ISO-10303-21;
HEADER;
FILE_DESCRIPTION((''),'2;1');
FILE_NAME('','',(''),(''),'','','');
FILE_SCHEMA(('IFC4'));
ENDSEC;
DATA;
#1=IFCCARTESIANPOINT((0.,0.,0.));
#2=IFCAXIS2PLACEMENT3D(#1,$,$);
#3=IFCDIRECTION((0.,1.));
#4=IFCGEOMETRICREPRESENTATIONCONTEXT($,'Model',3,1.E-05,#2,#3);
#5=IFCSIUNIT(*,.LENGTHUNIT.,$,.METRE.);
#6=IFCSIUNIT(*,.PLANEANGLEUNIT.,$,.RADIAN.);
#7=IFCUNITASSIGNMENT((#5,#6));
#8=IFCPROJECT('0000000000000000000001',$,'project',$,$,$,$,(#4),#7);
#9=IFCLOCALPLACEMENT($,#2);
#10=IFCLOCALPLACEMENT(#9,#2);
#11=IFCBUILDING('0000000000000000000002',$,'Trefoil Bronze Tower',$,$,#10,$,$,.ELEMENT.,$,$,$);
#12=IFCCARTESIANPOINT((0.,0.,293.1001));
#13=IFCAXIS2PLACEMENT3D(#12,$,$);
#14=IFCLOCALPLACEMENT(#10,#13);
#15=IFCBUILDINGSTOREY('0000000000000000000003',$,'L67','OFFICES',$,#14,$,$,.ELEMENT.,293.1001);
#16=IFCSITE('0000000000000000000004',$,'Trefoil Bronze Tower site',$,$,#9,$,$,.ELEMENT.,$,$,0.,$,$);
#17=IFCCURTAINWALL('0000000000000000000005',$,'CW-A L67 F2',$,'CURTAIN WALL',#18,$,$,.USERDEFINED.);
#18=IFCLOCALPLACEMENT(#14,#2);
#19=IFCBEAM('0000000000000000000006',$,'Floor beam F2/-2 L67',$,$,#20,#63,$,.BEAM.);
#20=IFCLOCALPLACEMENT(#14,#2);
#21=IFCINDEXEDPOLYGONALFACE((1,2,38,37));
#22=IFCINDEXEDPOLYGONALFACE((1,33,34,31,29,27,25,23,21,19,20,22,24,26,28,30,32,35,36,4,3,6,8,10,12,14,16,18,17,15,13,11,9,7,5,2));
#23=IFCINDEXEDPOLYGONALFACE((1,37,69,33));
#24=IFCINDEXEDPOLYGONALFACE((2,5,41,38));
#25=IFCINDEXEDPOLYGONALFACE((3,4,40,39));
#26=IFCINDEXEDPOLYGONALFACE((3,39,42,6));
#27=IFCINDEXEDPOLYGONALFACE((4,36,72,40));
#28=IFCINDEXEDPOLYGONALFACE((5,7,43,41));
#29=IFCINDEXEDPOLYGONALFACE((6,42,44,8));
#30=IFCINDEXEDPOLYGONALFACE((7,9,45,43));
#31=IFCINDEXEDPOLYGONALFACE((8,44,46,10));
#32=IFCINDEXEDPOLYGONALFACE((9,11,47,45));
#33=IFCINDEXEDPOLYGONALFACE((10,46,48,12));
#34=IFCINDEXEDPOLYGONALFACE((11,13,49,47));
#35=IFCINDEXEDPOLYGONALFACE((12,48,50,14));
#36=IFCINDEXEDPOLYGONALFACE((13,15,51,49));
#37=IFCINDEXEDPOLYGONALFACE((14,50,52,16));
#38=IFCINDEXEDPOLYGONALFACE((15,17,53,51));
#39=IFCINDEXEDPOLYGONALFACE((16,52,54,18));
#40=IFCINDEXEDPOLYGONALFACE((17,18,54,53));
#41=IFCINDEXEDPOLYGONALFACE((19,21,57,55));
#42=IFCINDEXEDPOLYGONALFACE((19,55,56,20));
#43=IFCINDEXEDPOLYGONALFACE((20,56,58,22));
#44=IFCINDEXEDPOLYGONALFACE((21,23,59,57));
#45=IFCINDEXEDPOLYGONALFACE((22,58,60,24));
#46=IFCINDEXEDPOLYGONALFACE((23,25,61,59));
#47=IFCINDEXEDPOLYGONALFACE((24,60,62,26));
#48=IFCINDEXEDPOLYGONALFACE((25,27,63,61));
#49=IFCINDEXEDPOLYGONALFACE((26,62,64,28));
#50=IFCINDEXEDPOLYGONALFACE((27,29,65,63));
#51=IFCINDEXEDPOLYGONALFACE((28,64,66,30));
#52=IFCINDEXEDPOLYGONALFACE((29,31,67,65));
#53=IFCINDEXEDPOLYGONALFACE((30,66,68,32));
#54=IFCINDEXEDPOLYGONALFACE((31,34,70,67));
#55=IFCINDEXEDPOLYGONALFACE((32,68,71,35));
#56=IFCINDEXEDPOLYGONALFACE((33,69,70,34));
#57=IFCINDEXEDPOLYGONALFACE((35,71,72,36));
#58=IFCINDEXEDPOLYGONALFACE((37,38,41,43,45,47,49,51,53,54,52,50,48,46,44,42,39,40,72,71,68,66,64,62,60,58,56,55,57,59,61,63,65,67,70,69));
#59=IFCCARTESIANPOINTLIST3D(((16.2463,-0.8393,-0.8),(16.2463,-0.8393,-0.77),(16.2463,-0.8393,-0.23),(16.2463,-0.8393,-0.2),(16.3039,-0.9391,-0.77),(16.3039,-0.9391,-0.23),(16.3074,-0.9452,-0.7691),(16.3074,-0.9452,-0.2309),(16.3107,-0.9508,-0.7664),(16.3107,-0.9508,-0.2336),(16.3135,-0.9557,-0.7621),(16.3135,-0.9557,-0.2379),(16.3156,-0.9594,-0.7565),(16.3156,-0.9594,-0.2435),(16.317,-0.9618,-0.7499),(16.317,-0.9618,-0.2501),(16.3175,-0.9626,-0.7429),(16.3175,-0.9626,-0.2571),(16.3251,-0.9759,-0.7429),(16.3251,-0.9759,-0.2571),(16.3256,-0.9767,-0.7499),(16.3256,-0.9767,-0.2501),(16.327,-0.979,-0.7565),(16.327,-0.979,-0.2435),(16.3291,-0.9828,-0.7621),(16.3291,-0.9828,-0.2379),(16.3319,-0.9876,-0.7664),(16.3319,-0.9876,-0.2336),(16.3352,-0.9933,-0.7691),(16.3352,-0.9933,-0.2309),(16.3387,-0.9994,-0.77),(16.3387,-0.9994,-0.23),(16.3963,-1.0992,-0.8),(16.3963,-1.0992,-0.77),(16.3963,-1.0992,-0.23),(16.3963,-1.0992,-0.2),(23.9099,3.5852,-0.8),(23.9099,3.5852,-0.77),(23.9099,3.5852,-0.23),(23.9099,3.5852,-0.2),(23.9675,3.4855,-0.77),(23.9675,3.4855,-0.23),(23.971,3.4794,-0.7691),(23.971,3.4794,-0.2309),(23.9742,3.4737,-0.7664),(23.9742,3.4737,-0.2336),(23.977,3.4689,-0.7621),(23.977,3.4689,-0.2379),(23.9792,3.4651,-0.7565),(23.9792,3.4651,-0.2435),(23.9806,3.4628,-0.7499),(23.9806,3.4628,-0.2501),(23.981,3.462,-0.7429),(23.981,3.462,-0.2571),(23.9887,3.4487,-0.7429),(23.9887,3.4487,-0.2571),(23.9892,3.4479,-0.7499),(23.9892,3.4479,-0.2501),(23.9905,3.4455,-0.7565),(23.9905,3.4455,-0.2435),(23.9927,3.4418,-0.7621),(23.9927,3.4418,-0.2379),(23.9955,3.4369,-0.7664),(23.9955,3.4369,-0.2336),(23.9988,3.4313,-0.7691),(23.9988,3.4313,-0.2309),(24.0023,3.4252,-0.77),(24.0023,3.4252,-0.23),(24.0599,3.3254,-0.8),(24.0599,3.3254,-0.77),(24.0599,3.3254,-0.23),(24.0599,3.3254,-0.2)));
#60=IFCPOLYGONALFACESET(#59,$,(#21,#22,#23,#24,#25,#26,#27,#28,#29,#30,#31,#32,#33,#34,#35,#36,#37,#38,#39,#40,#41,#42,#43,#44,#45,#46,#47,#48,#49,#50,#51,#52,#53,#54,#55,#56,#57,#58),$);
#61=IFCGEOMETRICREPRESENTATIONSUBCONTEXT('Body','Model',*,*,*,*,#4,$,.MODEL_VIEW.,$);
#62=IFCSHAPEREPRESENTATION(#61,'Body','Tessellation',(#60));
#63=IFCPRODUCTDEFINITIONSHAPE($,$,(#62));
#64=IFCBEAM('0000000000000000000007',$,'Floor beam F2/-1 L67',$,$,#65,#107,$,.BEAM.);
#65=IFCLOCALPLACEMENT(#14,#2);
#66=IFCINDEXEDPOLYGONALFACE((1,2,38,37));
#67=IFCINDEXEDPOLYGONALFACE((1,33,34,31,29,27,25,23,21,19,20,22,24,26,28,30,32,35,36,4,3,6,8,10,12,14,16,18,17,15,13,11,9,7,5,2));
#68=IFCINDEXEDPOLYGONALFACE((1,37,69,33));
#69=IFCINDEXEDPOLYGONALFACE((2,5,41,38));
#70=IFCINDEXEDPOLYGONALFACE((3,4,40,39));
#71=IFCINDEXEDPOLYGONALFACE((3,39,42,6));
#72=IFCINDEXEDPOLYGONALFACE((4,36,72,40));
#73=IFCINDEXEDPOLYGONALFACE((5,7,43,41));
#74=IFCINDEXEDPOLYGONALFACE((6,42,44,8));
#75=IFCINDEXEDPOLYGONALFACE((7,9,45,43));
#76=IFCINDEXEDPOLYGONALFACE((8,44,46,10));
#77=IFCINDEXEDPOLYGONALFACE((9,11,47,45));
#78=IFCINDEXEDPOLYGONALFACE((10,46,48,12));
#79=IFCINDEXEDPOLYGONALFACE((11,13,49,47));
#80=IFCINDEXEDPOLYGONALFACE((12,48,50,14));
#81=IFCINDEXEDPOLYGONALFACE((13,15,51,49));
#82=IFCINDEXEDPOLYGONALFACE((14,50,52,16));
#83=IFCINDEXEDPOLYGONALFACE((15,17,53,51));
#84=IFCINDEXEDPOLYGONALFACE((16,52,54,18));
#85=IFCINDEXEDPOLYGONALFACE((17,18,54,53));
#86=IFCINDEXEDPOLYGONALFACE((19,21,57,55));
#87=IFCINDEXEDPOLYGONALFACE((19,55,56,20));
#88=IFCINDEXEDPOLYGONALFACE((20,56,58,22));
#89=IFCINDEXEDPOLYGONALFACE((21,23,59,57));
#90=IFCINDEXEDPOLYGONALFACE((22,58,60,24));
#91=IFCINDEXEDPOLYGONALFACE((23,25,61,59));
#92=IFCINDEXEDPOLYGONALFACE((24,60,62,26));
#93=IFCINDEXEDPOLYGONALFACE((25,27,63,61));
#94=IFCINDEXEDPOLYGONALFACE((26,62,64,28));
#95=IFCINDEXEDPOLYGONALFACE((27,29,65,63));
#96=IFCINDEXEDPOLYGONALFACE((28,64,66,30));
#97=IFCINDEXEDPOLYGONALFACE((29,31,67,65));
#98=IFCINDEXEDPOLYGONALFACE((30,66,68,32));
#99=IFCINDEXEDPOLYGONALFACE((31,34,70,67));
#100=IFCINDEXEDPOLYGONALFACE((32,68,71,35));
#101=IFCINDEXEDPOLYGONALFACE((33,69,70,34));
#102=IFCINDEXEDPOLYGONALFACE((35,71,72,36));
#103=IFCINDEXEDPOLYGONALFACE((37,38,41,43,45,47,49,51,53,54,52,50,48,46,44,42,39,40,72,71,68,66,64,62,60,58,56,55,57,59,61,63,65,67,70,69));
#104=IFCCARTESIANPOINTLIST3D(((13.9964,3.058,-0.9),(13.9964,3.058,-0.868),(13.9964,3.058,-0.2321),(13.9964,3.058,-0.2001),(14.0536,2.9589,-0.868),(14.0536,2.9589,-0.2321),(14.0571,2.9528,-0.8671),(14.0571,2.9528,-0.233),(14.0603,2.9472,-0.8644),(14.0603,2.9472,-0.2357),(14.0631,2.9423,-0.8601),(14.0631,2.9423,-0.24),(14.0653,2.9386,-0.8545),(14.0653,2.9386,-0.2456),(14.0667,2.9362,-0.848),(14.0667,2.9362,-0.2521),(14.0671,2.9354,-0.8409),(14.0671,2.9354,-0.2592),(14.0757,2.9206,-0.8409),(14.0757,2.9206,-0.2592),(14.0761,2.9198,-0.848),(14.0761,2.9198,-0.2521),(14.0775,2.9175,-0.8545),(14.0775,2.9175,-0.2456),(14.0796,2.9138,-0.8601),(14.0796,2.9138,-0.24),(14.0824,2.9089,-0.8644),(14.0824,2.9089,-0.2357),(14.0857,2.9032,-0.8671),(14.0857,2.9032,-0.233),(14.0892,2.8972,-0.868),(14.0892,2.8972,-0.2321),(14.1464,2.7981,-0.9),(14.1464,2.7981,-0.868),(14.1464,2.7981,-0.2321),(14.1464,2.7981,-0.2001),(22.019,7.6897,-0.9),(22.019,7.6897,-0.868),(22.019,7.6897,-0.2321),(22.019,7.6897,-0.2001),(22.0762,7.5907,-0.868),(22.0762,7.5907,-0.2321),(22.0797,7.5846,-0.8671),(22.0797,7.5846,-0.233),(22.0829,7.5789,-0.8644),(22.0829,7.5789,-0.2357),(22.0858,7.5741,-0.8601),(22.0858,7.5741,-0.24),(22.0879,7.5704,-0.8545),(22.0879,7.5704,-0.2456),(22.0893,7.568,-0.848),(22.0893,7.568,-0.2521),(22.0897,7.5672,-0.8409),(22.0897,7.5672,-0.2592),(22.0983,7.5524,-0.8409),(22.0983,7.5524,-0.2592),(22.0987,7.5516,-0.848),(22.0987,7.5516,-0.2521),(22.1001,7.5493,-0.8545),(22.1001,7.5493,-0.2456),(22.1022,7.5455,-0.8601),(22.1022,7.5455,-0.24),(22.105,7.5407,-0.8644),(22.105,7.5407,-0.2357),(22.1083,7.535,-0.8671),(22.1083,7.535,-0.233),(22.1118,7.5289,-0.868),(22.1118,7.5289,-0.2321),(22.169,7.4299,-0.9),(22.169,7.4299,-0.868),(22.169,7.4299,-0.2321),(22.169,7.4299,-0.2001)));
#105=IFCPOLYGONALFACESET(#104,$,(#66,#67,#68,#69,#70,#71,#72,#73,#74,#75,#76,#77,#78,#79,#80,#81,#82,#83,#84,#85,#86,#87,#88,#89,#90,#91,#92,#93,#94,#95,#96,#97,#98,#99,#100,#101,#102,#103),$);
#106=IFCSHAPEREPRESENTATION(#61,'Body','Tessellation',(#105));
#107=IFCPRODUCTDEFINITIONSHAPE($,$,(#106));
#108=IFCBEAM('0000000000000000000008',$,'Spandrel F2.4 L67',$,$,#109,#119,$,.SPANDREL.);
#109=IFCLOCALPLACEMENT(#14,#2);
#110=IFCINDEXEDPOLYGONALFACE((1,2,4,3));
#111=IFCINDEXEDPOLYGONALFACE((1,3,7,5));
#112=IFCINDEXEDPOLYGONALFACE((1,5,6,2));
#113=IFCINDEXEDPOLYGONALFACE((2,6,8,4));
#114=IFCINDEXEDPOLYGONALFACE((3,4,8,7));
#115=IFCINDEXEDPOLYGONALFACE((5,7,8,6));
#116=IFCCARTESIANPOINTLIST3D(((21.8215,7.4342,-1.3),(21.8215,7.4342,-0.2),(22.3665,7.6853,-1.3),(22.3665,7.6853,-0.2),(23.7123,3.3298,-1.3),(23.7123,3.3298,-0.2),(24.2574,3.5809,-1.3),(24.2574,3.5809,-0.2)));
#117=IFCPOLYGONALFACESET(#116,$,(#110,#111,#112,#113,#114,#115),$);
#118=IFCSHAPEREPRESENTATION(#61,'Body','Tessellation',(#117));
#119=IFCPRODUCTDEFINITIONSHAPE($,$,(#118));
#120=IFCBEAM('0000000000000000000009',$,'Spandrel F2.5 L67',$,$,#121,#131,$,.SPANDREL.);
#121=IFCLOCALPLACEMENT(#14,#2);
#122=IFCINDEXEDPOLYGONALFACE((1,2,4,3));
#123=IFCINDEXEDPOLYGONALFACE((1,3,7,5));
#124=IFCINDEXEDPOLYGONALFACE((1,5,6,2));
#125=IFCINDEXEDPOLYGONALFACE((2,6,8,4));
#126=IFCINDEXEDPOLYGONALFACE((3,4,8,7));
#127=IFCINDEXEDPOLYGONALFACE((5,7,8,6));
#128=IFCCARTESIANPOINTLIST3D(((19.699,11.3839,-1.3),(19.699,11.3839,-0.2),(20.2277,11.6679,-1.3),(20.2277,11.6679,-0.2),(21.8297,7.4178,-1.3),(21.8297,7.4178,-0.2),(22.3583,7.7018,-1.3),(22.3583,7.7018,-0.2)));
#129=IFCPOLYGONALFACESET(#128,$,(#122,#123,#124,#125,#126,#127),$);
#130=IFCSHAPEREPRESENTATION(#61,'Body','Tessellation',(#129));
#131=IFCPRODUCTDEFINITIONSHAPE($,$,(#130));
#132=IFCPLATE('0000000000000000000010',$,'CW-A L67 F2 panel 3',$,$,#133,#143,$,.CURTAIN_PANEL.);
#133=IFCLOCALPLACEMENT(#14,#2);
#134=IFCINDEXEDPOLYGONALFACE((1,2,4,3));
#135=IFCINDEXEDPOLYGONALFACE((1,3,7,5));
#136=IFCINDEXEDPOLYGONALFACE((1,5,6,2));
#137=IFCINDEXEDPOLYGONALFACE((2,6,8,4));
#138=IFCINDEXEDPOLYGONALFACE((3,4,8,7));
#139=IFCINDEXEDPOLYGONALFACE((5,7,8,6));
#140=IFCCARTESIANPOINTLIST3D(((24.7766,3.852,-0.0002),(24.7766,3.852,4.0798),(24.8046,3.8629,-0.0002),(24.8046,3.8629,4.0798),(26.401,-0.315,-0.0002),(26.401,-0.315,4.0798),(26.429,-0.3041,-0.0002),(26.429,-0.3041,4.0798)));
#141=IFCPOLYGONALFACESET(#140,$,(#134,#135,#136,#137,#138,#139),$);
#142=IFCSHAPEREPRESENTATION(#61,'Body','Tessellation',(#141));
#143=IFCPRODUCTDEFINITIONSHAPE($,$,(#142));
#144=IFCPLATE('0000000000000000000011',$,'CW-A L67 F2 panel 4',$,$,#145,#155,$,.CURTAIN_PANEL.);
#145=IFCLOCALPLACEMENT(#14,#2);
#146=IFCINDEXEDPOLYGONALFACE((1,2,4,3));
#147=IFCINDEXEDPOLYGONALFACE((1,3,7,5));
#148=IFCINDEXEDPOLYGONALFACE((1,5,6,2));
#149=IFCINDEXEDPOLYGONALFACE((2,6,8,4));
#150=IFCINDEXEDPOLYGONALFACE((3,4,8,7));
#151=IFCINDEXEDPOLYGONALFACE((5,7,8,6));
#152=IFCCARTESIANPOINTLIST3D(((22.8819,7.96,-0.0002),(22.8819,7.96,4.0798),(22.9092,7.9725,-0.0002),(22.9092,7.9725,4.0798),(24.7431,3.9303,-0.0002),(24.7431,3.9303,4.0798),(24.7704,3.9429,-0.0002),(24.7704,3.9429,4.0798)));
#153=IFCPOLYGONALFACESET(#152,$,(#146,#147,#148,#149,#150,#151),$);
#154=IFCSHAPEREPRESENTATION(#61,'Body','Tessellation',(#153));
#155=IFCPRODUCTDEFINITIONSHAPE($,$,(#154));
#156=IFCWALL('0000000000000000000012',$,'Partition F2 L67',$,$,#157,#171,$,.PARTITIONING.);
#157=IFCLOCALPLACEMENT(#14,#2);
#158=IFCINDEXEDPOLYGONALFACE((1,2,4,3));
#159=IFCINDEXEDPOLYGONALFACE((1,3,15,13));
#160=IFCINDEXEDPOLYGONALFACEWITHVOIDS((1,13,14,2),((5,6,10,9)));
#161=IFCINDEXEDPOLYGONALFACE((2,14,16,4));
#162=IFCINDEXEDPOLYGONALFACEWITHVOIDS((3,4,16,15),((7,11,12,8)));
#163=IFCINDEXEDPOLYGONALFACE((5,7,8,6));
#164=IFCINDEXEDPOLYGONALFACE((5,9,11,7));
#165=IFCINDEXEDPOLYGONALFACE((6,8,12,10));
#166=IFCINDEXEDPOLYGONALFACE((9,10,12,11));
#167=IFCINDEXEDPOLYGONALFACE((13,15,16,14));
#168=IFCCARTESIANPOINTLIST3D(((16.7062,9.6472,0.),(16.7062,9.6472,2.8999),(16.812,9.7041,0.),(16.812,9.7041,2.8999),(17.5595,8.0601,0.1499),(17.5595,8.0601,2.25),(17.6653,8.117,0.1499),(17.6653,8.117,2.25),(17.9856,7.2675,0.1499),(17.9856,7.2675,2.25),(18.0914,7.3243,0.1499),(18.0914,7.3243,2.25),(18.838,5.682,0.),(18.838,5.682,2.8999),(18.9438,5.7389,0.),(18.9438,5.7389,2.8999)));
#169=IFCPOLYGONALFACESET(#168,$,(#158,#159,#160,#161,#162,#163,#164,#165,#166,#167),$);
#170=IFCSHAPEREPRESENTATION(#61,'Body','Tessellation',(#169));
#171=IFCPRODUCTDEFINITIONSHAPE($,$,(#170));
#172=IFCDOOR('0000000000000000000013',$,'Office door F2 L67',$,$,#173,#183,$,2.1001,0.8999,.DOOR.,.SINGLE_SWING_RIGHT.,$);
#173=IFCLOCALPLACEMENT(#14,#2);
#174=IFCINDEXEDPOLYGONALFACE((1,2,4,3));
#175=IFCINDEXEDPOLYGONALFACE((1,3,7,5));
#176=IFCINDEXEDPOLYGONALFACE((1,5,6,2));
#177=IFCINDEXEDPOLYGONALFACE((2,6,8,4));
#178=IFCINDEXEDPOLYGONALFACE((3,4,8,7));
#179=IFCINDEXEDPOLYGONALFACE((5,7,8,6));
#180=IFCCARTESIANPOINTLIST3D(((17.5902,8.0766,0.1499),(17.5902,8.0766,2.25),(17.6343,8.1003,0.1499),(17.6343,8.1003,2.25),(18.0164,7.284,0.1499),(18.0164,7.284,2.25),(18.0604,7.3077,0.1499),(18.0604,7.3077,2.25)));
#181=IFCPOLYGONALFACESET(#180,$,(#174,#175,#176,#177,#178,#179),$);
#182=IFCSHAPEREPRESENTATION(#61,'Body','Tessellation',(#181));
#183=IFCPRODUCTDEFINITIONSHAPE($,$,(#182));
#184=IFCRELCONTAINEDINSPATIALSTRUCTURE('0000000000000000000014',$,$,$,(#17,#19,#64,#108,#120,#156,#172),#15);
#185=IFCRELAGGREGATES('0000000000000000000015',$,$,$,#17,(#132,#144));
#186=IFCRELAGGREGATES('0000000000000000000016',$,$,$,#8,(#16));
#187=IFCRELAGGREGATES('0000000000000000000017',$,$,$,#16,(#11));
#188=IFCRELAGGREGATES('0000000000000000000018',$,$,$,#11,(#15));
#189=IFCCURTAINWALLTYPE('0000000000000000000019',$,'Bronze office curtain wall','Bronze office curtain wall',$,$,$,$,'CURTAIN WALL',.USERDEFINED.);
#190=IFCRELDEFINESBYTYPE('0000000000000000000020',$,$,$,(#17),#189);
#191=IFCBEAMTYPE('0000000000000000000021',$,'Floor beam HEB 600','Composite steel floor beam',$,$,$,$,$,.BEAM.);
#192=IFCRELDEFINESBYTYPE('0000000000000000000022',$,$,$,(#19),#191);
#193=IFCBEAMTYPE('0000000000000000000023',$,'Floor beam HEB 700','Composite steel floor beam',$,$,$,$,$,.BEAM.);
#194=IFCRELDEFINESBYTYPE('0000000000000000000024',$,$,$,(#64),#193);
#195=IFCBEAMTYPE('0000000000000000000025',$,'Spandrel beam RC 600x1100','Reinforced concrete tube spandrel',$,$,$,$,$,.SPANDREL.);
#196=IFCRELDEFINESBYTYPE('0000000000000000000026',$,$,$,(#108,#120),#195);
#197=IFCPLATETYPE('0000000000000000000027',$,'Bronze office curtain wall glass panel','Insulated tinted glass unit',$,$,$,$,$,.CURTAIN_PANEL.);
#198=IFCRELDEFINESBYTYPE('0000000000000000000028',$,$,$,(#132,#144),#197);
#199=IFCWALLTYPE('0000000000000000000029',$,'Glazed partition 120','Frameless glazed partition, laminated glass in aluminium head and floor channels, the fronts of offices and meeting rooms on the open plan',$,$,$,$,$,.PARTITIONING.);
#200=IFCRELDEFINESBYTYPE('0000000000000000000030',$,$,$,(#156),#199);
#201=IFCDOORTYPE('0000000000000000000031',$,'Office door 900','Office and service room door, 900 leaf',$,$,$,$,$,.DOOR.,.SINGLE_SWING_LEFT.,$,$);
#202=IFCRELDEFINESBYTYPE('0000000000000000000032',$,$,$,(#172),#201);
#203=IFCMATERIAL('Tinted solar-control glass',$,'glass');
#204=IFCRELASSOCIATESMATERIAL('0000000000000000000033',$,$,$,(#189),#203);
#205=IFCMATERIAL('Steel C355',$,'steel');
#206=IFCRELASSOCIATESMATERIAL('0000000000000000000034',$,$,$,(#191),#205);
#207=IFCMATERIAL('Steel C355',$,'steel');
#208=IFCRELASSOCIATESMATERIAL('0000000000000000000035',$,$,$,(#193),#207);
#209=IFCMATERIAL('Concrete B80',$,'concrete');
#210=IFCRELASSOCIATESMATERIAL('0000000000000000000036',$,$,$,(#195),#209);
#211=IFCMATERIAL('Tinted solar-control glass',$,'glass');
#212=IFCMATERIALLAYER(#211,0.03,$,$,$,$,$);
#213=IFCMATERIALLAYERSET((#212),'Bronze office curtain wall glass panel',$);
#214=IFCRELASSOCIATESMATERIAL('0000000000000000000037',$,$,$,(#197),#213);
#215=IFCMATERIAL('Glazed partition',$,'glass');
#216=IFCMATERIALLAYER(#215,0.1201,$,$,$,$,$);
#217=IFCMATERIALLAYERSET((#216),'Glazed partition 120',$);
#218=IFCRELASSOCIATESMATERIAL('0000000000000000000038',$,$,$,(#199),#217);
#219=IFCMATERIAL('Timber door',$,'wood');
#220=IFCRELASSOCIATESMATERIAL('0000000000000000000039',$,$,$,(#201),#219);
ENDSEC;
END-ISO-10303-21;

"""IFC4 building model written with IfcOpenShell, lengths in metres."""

from ifc_helpers import new_model, si_unit, direction, frame, frame_2d, origin, origin_2d, place, context, subcontext, project, spatial, rectangle, i_section, extrude, material, layer, layer_set, material_profile, profile_set, type_object, element, fill, aggregate, save


model = new_model("IFC4")

# Units and contexts
model_context = context("Model", 3, precision=1e-05, world=origin(), true_north=direction((0.0, 1.0)))
body_context = subcontext(model_context, "Body", "Model", "MODEL_VIEW")
ifc_project = project(units=[si_unit("LENGTHUNIT", "METRE"), si_unit("PLANEANGLEUNIT", "RADIAN")], contexts=[model_context])

# Site, building, storey
site_placement = place(None, origin())
site = spatial("IfcSite", under=ifc_project, at=site_placement, Name="Trefoil Bronze Tower site", CompositionType="ELEMENT", RefElevation=0.0)
building_placement = place(site_placement, origin())
building = spatial("IfcBuilding", under=site, at=building_placement, Name="Trefoil Bronze Tower", CompositionType="ELEMENT")
storey_placement = place(building_placement, frame((0.0, 0.0, 293.1001)))
storey = spatial("IfcBuildingStorey", under=building, at=storey_placement, Name="L67", Description="OFFICES", CompositionType="ELEMENT", Elevation=293.1001)

# Curtain wall
ifc_material_1 = material(Name="Tinted solar-control glass", Category="glass")
curtain_wall_type = type_object("IfcCurtainWallType", Name="Bronze office curtain wall", Description="Bronze office curtain wall", ElementType="CURTAIN WALL", PredefinedType="USERDEFINED", material=ifc_material_1)
curtain_wall_placement = place(storey_placement, origin())
curtain_wall = element("IfcCurtainWall", 1, at=curtain_wall_placement, inside=storey, type_object=curtain_wall_type, Name="CW-A L67 F2", ObjectType="CURTAIN WALL", PredefinedType="USERDEFINED")

# Beams
ifc_material_2 = material(Name="Steel C355", Category="steel")
ifc_material_profile_1 = material_profile(ifc_material_2, i_section(OverallWidth=0.3, OverallDepth=0.6001, WebThickness=0.0154, FlangeThickness=0.03, FilletRadius=0.0271, at=origin_2d()), Name="HEB 600")
ifc_profile_set_1 = profile_set([ifc_material_profile_1], Name="Steel C355")
beam_type_1 = type_object("IfcBeamType", Name="Floor beam HEB 600", Description="Composite steel floor beam", PredefinedType="BEAM", material=ifc_profile_set_1)
beam_1_placement = place(storey_placement, frame((23.9849, 3.4553, -0.5), z_axis=(-0.866026, -0.499999, 0.0), x_axis=(0.499999, -0.866026, 0.0)))
element("IfcBeam", 2, at=beam_1_placement, inside=storey, type_object=beam_type_1, Name="Floor beam F2/-2 L67", PredefinedType="BEAM", context=body_context, shape_type="SweptSolid", body=[
    extrude(i_section(OverallWidth=0.3, OverallDepth=0.6001, WebThickness=0.0154, FlangeThickness=0.03, FilletRadius=0.0271, at=origin_2d()), origin(), (0.0, 0.0, 1.0), 8.8491),
])
ifc_material_3 = material(Name="Steel C355", Category="steel")
ifc_material_profile_2 = material_profile(ifc_material_3, i_section(OverallWidth=0.3, OverallDepth=0.7, WebThickness=0.0171, FlangeThickness=0.032, FilletRadius=0.0271, at=origin_2d()), Name="HEB 700")
ifc_profile_set_2 = profile_set([ifc_material_profile_2], Name="Steel C355")
beam_type_2 = type_object("IfcBeamType", Name="Floor beam HEB 700", Description="Composite steel floor beam", PredefinedType="BEAM", material=ifc_profile_set_2)
beam_2_placement = place(storey_placement, frame((22.094, 7.5598, -0.55), z_axis=(-0.866029, -0.499994, 0.0), x_axis=(0.499994, -0.866029, 0.0)))
element("IfcBeam", 3, at=beam_2_placement, inside=storey, type_object=beam_type_2, Name="Floor beam F2/-1 L67", PredefinedType="BEAM", context=body_context, shape_type="SweptSolid", body=[
    extrude(i_section(OverallWidth=0.3, OverallDepth=0.7, WebThickness=0.0171, FlangeThickness=0.032, FilletRadius=0.0271, at=origin_2d()), origin(), (0.0, 0.0, 1.0), 9.2637),
])
ifc_material_4 = material(Name="Concrete B80", Category="concrete")
ifc_material_profile_3 = material_profile(ifc_material_4, rectangle(XDim=0.6001, YDim=1.1001, at=origin_2d()), Name="RC 600x1100")
ifc_profile_set_3 = profile_set([ifc_material_profile_3], Name="Concrete B80")
beam_type_3 = type_object("IfcBeamType", Name="Spandrel beam RC 600x1100", Description="Reinforced concrete tube spandrel", PredefinedType="SPANDREL", material=ifc_profile_set_3)
beam_3_placement = place(storey_placement, frame((23.9849, 3.4553, -0.75), z_axis=(-0.418417, 0.908255, 0.0), x_axis=(-0.908255, -0.418417, 0.0)))
element("IfcBeam", 4, at=beam_3_placement, inside=storey, type_object=beam_type_3, Name="Spandrel F2.4 L67", PredefinedType="SPANDREL", context=body_context, shape_type="SweptSolid", body=[
    extrude(rectangle(XDim=0.6001, YDim=1.1001, at=origin_2d()), origin(), (0.0, 0.0, 1.0), 4.519),
])
beam_4_placement = place(storey_placement, frame((22.094, 7.5598, -0.75), z_axis=(-0.473246, 0.88093, 0.0), x_axis=(-0.88093, -0.473246, 0.0)))
element("IfcBeam", 5, at=beam_4_placement, inside=storey, type_object=beam_type_3, Name="Spandrel F2.5 L67", PredefinedType="SPANDREL", context=body_context, shape_type="SweptSolid", body=[
    extrude(rectangle(XDim=0.6001, YDim=1.1001, at=origin_2d()), origin(), (0.0, 0.0, 1.0), 4.5022),
])

# Plates
ifc_material_5 = material(Name="Tinted solar-control glass", Category="glass")
ifc_layer_1 = layer(ifc_material_5, 0.03)
ifc_layer_set_1 = layer_set([ifc_layer_1], Name="Bronze office curtain wall glass panel")
plate_type = type_object("IfcPlateType", Name="Bronze office curtain wall glass panel", Description="Insulated tinted glass unit", PredefinedType="CURTAIN_PANEL", material=ifc_layer_set_1)
plate_1_placement = place(storey_placement, frame((25.6028, 1.7739, -0.0002), z_axis=(0.0, 0.0, 1.0), x_axis=(-0.363199, 0.931712, 0.0)))
plate_1 = element("IfcPlate", 6, at=plate_1_placement, type_object=plate_type, Name="CW-A L67 F2 panel 3", PredefinedType="CURTAIN_PANEL", context=body_context, shape_type="SweptSolid", body=[
    extrude(rectangle(XDim=4.4724, YDim=0.03, at=origin_2d()), origin(), (0.0, 0.0, 1.0), 4.0801),
])
plate_2_placement = place(storey_placement, frame((23.8262, 5.9514, -0.0002), z_axis=(0.0, 0.0, 1.0), x_axis=(-0.419309, 0.907844, 0.0)))
plate_2 = element("IfcPlate", 7, at=plate_2_placement, type_object=plate_type, Name="CW-A L67 F2 panel 4", PredefinedType="CURTAIN_PANEL", context=body_context, shape_type="SweptSolid", body=[
    extrude(rectangle(XDim=4.4387, YDim=0.03, at=origin_2d()), origin(), (0.0, 0.0, 1.0), 4.0801),
])
aggregate(curtain_wall, [plate_1, plate_2])

# Wall, opening, door
ifc_material_6 = material(Name="Glazed partition", Category="glass")
ifc_layer_2 = layer(ifc_material_6, 0.1201)
ifc_layer_set_2 = layer_set([ifc_layer_2], Name="Glazed partition 120")
wall_type_1 = type_object("IfcWallType", Name="Glazed partition 120", Description="Frameless glazed partition, laminated glass in aluminium head and floor channels, the fronts of offices and meeting rooms on the open plan", PredefinedType="PARTITIONING", material=ifc_layer_set_2)
wall_1_placement = place(storey_placement, frame((18.8909, 5.7104, 0.0), z_axis=(0.0, 0.0, 1.0), x_axis=(-0.473524, 0.880781, 0.0)))
wall_1 = element("IfcWall", 8, at=wall_1_placement, inside=storey, type_object=wall_type_1, Name="Partition F2 L67", PredefinedType="PARTITIONING", context=body_context, shape_type="SweptSolid", body=[
    extrude(rectangle(XDim=4.502, YDim=0.1201, at=frame_2d((2.251, 0.0))), origin(), (0.0, 0.0, 1.0), 2.8999),
])
opening_1_placement = place(wall_1_placement, frame((1.8, 0.0, 0.1499)))
opening_1 = element("IfcOpeningElement", 9, at=opening_1_placement, cuts=wall_1, PredefinedType="OPENING", context=body_context, shape_type="SweptSolid", body=[
    extrude(rectangle(XDim=0.8999, YDim=2.1001, at=frame_2d((0.45, 1.05))), frame((0.0, 0.0701, 0.0), z_axis=(0.0, -1.0, 0.0), x_axis=(1.0, 0.0, 0.0)), (0.0, 0.0, 1.0), 0.1401),
])
ifc_material_7 = material(Name="Timber door", Category="wood")
door_type_1 = type_object("IfcDoorType", Name="Office door 900", Description="Office and service room door, 900 leaf", OperationType="SINGLE_SWING_LEFT", PredefinedType="DOOR", material=ifc_material_7)
door_1_placement = place(opening_1_placement, frame((0.8999, 0.0, 0.0), z_axis=(0.0, 0.0, 1.0), x_axis=(-1.0, 0.0, 0.0)))
door_1 = element("IfcDoor", 10, at=door_1_placement, inside=storey, type_object=door_type_1, Name="Office door F2 L67", OperationType="SINGLE_SWING_RIGHT", OverallHeight=2.1001, OverallWidth=0.8999, PredefinedType="DOOR", context=body_context, shape_type="SweptSolid", body=[
    extrude(rectangle(XDim=0.8999, YDim=2.1001, at=frame_2d((0.45, 1.05))), frame((0.0, 0.0249, 0.0), z_axis=(0.0, -1.0, 0.0), x_axis=(1.0, 0.0, 0.0)), (0.0, 0.0, 1.0), 0.05),
])
fill(opening_1, door_1)

save(model, "model.ifc")
